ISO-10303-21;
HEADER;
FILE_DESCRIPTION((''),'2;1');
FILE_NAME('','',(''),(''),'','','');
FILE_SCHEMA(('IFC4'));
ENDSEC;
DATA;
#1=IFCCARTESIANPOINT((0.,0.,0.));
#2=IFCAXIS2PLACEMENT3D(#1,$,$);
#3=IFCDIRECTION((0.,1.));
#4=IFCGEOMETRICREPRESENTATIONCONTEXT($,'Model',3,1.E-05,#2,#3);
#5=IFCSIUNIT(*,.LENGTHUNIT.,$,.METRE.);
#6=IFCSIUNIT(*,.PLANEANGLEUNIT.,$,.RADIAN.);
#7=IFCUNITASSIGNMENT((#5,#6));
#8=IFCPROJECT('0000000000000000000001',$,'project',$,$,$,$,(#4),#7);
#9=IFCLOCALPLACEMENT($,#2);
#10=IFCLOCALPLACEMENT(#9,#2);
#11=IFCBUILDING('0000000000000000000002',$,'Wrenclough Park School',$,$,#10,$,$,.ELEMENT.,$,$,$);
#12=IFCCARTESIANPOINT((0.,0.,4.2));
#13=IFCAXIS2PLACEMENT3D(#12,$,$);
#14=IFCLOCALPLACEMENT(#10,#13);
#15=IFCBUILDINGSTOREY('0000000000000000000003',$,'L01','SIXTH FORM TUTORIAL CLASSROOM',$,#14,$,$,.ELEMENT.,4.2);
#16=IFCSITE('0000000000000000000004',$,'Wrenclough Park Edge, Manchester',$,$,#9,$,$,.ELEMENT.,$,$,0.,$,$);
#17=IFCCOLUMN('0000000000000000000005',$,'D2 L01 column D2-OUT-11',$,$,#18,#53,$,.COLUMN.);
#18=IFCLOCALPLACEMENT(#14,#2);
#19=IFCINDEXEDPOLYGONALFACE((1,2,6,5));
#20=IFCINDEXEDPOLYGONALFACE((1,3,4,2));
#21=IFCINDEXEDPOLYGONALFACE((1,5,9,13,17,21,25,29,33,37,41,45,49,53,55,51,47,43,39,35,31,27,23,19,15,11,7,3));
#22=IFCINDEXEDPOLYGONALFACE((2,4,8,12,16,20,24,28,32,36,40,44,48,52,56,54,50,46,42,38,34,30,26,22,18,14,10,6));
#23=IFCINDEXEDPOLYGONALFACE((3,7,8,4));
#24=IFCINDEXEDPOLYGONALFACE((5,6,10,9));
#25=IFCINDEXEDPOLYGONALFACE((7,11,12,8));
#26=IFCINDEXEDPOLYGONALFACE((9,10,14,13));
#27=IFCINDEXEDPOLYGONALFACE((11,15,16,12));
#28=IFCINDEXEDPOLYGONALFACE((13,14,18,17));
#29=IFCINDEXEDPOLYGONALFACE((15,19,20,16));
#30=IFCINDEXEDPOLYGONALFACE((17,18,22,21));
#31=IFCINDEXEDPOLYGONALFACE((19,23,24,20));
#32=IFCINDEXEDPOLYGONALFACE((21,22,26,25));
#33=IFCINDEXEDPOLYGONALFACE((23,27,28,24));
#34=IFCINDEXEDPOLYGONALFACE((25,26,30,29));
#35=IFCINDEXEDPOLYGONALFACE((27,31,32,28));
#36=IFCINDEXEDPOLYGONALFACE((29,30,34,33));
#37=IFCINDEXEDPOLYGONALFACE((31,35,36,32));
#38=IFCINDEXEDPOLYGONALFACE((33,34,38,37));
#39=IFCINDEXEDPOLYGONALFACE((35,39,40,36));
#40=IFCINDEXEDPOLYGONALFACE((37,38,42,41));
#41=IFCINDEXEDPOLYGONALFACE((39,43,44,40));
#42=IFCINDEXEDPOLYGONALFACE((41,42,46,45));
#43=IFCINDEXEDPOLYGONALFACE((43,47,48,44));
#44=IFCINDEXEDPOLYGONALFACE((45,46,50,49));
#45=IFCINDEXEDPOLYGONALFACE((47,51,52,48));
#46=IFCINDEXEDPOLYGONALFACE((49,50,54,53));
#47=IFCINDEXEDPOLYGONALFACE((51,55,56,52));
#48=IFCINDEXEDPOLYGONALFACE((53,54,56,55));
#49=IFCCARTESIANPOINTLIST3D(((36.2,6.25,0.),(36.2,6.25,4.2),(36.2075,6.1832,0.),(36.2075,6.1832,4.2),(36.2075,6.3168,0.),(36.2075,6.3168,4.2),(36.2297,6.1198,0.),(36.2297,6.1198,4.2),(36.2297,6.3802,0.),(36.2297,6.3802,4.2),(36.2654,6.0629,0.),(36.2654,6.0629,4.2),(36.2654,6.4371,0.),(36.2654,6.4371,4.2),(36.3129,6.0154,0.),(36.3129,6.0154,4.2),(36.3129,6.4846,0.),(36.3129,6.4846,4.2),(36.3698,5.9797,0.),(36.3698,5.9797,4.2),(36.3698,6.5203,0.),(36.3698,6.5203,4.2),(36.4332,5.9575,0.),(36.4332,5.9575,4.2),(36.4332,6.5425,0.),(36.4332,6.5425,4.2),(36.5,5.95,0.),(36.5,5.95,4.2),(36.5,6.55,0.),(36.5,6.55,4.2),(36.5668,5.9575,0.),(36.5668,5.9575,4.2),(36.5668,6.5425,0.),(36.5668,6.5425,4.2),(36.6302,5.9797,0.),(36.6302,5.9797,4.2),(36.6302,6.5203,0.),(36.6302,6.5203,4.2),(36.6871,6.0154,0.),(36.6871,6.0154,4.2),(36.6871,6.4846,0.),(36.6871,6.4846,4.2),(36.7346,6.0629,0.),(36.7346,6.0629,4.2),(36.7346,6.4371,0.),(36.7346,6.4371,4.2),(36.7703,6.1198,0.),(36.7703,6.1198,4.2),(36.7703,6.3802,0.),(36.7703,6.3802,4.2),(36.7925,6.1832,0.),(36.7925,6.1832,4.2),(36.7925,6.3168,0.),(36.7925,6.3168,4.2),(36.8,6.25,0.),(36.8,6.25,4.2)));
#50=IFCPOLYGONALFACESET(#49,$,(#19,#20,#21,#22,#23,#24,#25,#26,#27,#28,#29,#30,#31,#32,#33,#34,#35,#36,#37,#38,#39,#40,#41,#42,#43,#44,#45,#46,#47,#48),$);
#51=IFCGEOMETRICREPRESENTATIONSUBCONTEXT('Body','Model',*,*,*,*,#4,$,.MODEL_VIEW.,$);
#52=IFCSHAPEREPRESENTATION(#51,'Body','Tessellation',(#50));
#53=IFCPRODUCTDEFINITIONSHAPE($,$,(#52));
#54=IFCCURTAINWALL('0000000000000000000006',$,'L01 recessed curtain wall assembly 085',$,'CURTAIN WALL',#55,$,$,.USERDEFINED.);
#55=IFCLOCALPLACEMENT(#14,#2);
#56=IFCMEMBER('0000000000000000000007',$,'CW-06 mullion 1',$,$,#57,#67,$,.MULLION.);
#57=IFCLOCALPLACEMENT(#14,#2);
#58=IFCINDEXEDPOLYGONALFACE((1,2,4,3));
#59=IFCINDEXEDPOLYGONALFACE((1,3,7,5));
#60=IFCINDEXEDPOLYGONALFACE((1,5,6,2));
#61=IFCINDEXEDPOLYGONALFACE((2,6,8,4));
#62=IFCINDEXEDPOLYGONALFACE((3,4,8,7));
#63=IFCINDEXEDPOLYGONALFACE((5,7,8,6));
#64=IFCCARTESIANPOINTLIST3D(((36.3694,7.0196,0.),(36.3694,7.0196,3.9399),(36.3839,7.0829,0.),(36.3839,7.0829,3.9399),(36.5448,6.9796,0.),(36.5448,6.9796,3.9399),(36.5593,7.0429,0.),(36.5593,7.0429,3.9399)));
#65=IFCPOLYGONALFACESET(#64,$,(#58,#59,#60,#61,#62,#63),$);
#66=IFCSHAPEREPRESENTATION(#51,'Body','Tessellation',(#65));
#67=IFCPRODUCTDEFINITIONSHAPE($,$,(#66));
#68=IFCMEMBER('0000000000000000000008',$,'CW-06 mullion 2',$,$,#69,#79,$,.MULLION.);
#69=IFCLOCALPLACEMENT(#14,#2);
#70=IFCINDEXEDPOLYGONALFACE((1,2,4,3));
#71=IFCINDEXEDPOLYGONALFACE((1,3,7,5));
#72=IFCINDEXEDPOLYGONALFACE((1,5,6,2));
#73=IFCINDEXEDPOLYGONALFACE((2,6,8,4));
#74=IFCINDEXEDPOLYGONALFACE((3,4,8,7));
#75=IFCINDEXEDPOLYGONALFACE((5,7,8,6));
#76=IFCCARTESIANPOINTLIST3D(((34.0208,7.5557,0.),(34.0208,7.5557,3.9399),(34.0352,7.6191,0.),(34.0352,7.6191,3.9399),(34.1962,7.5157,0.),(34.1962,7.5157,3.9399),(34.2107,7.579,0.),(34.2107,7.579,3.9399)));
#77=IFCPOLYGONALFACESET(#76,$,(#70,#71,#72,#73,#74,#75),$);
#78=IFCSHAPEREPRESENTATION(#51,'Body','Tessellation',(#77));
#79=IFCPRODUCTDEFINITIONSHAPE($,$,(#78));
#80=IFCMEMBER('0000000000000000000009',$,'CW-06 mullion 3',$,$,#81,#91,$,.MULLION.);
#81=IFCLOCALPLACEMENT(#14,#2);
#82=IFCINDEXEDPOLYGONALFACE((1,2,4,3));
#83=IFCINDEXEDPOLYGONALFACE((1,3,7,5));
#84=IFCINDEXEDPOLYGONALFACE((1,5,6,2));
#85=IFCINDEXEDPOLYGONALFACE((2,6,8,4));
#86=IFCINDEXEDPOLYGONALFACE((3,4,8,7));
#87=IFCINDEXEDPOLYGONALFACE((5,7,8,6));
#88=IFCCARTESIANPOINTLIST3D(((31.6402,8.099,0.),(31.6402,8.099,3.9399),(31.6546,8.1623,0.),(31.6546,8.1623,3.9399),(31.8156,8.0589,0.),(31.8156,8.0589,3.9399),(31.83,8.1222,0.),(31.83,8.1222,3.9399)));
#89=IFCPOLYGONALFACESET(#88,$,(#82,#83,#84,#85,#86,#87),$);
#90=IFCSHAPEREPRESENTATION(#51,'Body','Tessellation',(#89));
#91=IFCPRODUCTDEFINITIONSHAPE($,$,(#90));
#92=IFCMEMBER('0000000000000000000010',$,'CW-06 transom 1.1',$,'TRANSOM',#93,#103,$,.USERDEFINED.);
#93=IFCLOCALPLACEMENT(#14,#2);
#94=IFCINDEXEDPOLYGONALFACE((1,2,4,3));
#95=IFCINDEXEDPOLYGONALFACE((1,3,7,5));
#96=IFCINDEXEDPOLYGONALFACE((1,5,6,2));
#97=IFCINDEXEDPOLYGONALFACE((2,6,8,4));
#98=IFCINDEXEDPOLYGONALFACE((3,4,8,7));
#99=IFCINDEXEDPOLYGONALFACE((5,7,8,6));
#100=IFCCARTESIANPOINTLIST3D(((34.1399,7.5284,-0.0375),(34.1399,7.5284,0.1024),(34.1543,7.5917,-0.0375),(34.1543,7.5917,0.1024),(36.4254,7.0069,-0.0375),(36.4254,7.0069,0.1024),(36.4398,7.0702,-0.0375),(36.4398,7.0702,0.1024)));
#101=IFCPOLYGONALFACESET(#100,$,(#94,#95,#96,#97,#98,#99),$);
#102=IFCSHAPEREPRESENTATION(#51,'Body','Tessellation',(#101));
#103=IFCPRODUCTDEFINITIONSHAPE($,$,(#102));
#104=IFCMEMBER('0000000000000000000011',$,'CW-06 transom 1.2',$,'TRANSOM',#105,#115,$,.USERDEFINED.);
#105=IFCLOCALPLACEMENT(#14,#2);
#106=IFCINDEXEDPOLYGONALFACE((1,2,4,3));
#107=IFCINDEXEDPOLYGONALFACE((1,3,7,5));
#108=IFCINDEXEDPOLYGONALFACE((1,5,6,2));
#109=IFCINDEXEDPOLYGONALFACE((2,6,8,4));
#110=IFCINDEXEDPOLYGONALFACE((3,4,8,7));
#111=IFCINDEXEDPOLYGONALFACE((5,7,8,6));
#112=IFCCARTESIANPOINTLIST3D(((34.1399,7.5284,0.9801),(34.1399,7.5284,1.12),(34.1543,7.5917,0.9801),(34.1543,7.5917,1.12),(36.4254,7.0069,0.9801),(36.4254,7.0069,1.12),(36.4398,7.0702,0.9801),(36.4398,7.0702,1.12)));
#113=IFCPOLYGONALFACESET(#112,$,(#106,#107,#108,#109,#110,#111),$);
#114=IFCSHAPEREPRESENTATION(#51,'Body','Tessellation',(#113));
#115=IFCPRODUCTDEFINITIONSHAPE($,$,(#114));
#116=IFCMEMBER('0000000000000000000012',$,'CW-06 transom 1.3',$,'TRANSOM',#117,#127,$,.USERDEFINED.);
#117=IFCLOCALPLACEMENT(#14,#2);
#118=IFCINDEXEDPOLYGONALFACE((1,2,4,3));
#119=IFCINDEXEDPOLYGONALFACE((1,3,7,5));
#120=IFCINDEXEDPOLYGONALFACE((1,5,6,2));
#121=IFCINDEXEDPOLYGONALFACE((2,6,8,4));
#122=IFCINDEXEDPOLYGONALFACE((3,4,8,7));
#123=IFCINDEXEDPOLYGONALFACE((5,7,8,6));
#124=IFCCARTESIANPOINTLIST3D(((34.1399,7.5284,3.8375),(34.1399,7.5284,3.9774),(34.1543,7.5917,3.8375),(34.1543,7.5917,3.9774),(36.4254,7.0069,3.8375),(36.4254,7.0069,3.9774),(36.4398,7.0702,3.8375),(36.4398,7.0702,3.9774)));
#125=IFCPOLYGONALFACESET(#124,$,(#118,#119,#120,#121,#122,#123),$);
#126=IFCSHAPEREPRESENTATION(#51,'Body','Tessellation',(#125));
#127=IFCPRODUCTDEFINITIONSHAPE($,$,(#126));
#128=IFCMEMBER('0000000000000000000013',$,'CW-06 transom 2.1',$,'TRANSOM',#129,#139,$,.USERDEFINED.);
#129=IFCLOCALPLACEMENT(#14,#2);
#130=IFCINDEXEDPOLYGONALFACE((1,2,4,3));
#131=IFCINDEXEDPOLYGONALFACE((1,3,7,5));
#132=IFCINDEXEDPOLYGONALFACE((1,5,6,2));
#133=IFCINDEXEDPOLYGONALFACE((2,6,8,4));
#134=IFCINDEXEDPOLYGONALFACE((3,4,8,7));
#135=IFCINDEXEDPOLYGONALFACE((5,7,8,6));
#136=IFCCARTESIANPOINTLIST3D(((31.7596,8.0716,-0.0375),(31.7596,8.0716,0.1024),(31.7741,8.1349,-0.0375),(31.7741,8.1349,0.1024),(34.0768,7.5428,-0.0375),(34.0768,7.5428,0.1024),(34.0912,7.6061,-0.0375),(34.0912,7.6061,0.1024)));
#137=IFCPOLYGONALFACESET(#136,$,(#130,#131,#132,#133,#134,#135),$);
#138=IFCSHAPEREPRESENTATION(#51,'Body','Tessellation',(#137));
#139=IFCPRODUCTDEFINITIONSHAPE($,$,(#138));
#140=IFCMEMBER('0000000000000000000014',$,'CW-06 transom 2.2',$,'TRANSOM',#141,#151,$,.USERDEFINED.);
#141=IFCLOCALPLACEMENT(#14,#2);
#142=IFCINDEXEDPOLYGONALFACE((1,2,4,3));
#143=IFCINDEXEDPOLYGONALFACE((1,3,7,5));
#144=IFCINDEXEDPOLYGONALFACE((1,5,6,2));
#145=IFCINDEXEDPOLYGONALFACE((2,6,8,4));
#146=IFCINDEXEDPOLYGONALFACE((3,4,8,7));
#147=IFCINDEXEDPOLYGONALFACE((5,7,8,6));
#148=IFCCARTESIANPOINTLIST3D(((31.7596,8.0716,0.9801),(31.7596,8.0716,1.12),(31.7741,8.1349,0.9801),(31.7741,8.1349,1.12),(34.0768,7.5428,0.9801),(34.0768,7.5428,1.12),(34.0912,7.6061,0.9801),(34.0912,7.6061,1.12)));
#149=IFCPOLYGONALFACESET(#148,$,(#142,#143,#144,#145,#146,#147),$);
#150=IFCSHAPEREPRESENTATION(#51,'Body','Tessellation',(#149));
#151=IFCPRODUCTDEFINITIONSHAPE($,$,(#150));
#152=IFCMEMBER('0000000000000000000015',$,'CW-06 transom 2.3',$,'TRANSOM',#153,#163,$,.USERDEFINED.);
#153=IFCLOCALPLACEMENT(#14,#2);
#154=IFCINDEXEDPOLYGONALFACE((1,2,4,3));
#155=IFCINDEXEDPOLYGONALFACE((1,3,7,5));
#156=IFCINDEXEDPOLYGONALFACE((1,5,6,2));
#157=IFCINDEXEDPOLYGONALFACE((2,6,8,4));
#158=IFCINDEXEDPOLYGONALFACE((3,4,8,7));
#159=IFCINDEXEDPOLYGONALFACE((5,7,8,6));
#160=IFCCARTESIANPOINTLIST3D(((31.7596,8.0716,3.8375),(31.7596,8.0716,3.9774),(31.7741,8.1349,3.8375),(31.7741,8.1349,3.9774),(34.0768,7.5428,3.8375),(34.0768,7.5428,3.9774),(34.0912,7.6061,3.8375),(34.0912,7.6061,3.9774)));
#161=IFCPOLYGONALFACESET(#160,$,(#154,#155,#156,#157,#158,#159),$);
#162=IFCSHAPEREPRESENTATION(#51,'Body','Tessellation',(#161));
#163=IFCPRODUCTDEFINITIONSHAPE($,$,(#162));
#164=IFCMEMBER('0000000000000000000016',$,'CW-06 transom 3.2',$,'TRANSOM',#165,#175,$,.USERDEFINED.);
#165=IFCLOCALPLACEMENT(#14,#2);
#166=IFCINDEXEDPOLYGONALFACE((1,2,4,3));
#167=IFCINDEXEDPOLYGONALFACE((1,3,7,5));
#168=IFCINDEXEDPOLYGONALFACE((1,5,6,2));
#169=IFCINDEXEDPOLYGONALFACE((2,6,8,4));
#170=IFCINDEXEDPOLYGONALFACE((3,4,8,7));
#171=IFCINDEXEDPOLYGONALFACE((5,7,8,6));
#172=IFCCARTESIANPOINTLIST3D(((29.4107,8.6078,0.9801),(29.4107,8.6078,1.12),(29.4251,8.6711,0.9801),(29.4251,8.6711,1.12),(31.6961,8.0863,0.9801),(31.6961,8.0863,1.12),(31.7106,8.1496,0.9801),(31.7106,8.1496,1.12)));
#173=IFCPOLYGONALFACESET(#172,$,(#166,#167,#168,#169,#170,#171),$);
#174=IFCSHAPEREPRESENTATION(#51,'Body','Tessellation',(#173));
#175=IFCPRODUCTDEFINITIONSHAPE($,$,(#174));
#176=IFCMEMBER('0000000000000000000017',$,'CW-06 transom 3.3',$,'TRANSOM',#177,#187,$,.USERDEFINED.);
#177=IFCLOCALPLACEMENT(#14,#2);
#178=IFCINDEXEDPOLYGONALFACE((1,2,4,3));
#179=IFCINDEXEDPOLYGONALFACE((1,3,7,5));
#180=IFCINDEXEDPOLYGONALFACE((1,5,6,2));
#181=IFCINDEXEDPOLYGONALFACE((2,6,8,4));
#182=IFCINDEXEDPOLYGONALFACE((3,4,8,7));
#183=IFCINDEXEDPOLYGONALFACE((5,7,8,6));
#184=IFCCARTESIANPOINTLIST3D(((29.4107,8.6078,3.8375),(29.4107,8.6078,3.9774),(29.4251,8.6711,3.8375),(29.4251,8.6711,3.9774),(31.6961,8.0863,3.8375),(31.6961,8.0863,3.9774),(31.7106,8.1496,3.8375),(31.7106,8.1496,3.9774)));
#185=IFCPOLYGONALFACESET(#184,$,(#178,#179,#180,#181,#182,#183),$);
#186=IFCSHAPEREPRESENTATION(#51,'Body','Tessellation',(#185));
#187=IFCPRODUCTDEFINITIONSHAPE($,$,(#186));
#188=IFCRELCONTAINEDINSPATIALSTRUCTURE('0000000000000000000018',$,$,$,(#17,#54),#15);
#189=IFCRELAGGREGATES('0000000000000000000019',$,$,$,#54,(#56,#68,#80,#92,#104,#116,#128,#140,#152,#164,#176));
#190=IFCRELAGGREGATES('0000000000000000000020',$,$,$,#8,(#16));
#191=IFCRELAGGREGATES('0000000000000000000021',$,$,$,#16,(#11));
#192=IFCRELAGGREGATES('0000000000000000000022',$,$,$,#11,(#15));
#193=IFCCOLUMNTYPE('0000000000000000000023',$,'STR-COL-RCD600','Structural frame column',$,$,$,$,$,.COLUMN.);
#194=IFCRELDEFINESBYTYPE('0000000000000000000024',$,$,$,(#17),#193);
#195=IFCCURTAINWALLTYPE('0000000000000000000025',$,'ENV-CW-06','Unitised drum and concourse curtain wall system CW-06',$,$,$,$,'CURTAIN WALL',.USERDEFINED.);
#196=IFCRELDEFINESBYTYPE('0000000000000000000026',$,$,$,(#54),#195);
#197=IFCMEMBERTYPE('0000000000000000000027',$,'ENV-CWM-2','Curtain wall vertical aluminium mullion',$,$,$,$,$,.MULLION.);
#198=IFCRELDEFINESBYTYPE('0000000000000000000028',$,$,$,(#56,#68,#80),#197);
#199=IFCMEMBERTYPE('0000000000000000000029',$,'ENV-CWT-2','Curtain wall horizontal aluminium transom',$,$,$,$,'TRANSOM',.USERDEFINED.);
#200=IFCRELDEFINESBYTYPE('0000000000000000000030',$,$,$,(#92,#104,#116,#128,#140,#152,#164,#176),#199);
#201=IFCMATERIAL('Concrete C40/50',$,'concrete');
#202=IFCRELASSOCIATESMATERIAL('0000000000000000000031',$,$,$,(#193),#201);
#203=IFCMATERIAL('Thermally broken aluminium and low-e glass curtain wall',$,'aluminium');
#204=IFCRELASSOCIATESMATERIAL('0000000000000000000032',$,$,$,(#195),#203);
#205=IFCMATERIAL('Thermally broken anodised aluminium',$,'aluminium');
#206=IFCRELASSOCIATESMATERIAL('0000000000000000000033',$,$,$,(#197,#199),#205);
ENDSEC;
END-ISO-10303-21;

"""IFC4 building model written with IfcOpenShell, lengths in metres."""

from ifc_helpers import new_model, si_unit, direction, frame, origin, origin_2d, place, context, subcontext, project, spatial, rectangle, circle, extrude, material, material_profile, profile_set, type_object, element, aggregate, save


model = new_model("IFC4")

# Units and contexts
model_context = context("Model", 3, precision=1e-05, world=origin(), true_north=direction((0.0, 1.0)))
body_context = subcontext(model_context, "Body", "Model", "MODEL_VIEW")
ifc_project = project(units=[si_unit("LENGTHUNIT", "METRE"), si_unit("PLANEANGLEUNIT", "RADIAN")], contexts=[model_context])

# Site, building, storey
site_placement = place(None, origin())
site = spatial("IfcSite", under=ifc_project, at=site_placement, Name="Wrenclough Park Edge, Manchester", CompositionType="ELEMENT", RefElevation=0.0)
building_placement = place(site_placement, origin())
building = spatial("IfcBuilding", under=site, at=building_placement, Name="Wrenclough Park School", CompositionType="ELEMENT")
storey_placement = place(building_placement, frame((0.0, 0.0, 4.2)))
storey = spatial("IfcBuildingStorey", under=building, at=storey_placement, Name="L01", Description="SIXTH FORM TUTORIAL CLASSROOM", CompositionType="ELEMENT", Elevation=4.2)

# Column
ifc_material_1 = material(Name="Concrete C40/50", Category="concrete")
ifc_material_profile_1 = material_profile(ifc_material_1, circle(Radius=0.3, at=origin_2d()), Name="RC COL D600")
ifc_profile_set_1 = profile_set([ifc_material_profile_1], Name="Concrete C40/50")
column_type = type_object("IfcColumnType", Name="STR-COL-RCD600", Description="Structural frame column", PredefinedType="COLUMN", material=ifc_profile_set_1)
column_placement = place(storey_placement, frame((36.5, 6.25, 0.0), z_axis=(0.0, 0.0, 1.0), x_axis=(1.0, 0.0, 0.0)))
element("IfcColumn", 1, at=column_placement, inside=storey, type_object=column_type, Name="D2 L01 column D2-OUT-11", PredefinedType="COLUMN", context=body_context, shape_type="SweptSolid", body=[
    extrude(circle(Radius=0.3, at=origin_2d()), origin(), (0.0, 0.0, 1.0), 4.2),
])

# Curtain wall, members
ifc_material_2 = material(Name="Thermally broken aluminium and low-e glass curtain wall", Category="aluminium")
curtain_wall_type = type_object("IfcCurtainWallType", Name="ENV-CW-06", Description="Unitised drum and concourse curtain wall system CW-06", ElementType="CURTAIN WALL", PredefinedType="USERDEFINED", material=ifc_material_2)
curtain_wall_placement = place(storey_placement, origin())
curtain_wall = element("IfcCurtainWall", 2, at=curtain_wall_placement, inside=storey, type_object=curtain_wall_type, Name="L01 recessed curtain wall assembly 085", ObjectType="CURTAIN WALL", PredefinedType="USERDEFINED")
ifc_material_3 = material(Name="Thermally broken anodised aluminium", Category="aluminium")
ifc_material_profile_2 = material_profile(ifc_material_3, rectangle(XDim=0.0649, YDim=0.1799, at=origin_2d()), Name="AL MULLION 65x180")
ifc_profile_set_2 = profile_set([ifc_material_profile_2], Name="Thermally broken anodised aluminium")
member_type_1 = type_object("IfcMemberType", Name="ENV-CWM-2", Description="Curtain wall vertical aluminium mullion", PredefinedType="MULLION", material=ifc_profile_set_2)
member_1_placement = place(storey_placement, frame((36.4644, 7.0312, 0.0), z_axis=(0.0, 0.0, 1.0), x_axis=(-0.222511, -0.97493, 0.0)))
member_1 = element("IfcMember", 3, at=member_1_placement, type_object=member_type_1, Name="CW-06 mullion 1", PredefinedType="MULLION", context=body_context, shape_type="SweptSolid", body=[
    extrude(rectangle(XDim=0.0649, YDim=0.1799, at=origin_2d()), origin(), (0.0, 0.0, 1.0), 3.9399),
])
member_2_placement = place(storey_placement, frame((34.1157, 7.5674, 0.0), z_axis=(0.0, 0.0, 1.0), x_axis=(-0.222511, -0.97493, 0.0)))
member_2 = element("IfcMember", 4, at=member_2_placement, type_object=member_type_1, Name="CW-06 mullion 2", PredefinedType="MULLION", context=body_context, shape_type="SweptSolid", body=[
    extrude(rectangle(XDim=0.0649, YDim=0.1799, at=origin_2d()), origin(), (0.0, 0.0, 1.0), 3.9399),
])
member_3_placement = place(storey_placement, frame((31.7351, 8.1106, 0.0), z_axis=(0.0, 0.0, 1.0), x_axis=(-0.222511, -0.97493, 0.0)))
member_3 = element("IfcMember", 5, at=member_3_placement, type_object=member_type_1, Name="CW-06 mullion 3", PredefinedType="MULLION", context=body_context, shape_type="SweptSolid", body=[
    extrude(rectangle(XDim=0.0649, YDim=0.1799, at=origin_2d()), origin(), (0.0, 0.0, 1.0), 3.9399),
])
ifc_material_profile_3 = material_profile(ifc_material_3, rectangle(XDim=0.0649, YDim=0.1399, at=origin_2d()), Name="AL TRANSOM 65x140")
ifc_profile_set_3 = profile_set([ifc_material_profile_3], Name="Thermally broken anodised aluminium")
member_type_2 = type_object("IfcMemberType", Name="ENV-CWT-2", Description="Curtain wall horizontal aluminium transom", ElementType="TRANSOM", PredefinedType="USERDEFINED", material=ifc_profile_set_3)
member_4_placement = place(storey_placement, frame((36.4326, 7.0386, 0.0325), z_axis=(-0.974941, 0.222463, 0.0), x_axis=(-0.222463, -0.974941, 0.0)))
member_4 = element("IfcMember", 6, at=member_4_placement, type_object=member_type_2, Name="CW-06 transom 1.1", ObjectType="TRANSOM", PredefinedType="USERDEFINED", context=body_context, shape_type="SweptSolid", body=[
    extrude(rectangle(XDim=0.0649, YDim=0.1399, at=origin_2d()), origin(), (0.0, 0.0, 1.0), 2.3442),
])
member_5_placement = place(storey_placement, frame((36.4326, 7.0386, 1.05), z_axis=(-0.974941, 0.222463, 0.0), x_axis=(-0.222463, -0.974941, 0.0)))
member_5 = element("IfcMember", 7, at=member_5_placement, type_object=member_type_2, Name="CW-06 transom 1.2", ObjectType="TRANSOM", PredefinedType="USERDEFINED", context=body_context, shape_type="SweptSolid", body=[
    extrude(rectangle(XDim=0.0649, YDim=0.1399, at=origin_2d()), origin(), (0.0, 0.0, 1.0), 2.3442),
])
member_6_placement = place(storey_placement, frame((36.4326, 7.0386, 3.9075), z_axis=(-0.974941, 0.222463, 0.0), x_axis=(-0.222463, -0.974941, 0.0)))
member_6 = element("IfcMember", 8, at=member_6_placement, type_object=member_type_2, Name="CW-06 transom 1.3", ObjectType="TRANSOM", PredefinedType="USERDEFINED", context=body_context, shape_type="SweptSolid", body=[
    extrude(rectangle(XDim=0.0649, YDim=0.1399, at=origin_2d()), origin(), (0.0, 0.0, 1.0), 2.3442),
])
member_7_placement = place(storey_placement, frame((34.084, 7.5745, 0.0325), z_axis=(-0.974934, 0.222496, 0.0), x_axis=(-0.222496, -0.974934, 0.0)))
member_7 = element("IfcMember", 9, at=member_7_placement, type_object=member_type_2, Name="CW-06 transom 2.1", ObjectType="TRANSOM", PredefinedType="USERDEFINED", context=body_context, shape_type="SweptSolid", body=[
    extrude(rectangle(XDim=0.0649, YDim=0.1399, at=origin_2d()), origin(), (0.0, 0.0, 1.0), 2.3767),
])
member_8_placement = place(storey_placement, frame((34.084, 7.5745, 1.05), z_axis=(-0.974934, 0.222496, 0.0), x_axis=(-0.222496, -0.974934, 0.0)))
member_8 = element("IfcMember", 10, at=member_8_placement, type_object=member_type_2, Name="CW-06 transom 2.2", ObjectType="TRANSOM", PredefinedType="USERDEFINED", context=body_context, shape_type="SweptSolid", body=[
    extrude(rectangle(XDim=0.0649, YDim=0.1399, at=origin_2d()), origin(), (0.0, 0.0, 1.0), 2.3767),
])
member_9_placement = place(storey_placement, frame((34.084, 7.5745, 3.9075), z_axis=(-0.974934, 0.222496, 0.0), x_axis=(-0.222496, -0.974934, 0.0)))
member_9 = element("IfcMember", 11, at=member_9_placement, type_object=member_type_2, Name="CW-06 transom 2.3", ObjectType="TRANSOM", PredefinedType="USERDEFINED", context=body_context, shape_type="SweptSolid", body=[
    extrude(rectangle(XDim=0.0649, YDim=0.1399, at=origin_2d()), origin(), (0.0, 0.0, 1.0), 2.3767),
])
member_10_placement = place(storey_placement, frame((31.7034, 8.1179, 1.05), z_axis=(-0.974941, 0.222463, 0.0), x_axis=(-0.222463, -0.974941, 0.0)))
member_10 = element("IfcMember", 12, at=member_10_placement, type_object=member_type_2, Name="CW-06 transom 3.2", ObjectType="TRANSOM", PredefinedType="USERDEFINED", context=body_context, shape_type="SweptSolid", body=[
    extrude(rectangle(XDim=0.0649, YDim=0.1399, at=origin_2d()), origin(), (0.0, 0.0, 1.0), 2.3442),
])
member_11_placement = place(storey_placement, frame((31.7034, 8.1179, 3.9075), z_axis=(-0.974941, 0.222463, 0.0), x_axis=(-0.222463, -0.974941, 0.0)))
member_11 = element("IfcMember", 13, at=member_11_placement, type_object=member_type_2, Name="CW-06 transom 3.3", ObjectType="TRANSOM", PredefinedType="USERDEFINED", context=body_context, shape_type="SweptSolid", body=[
    extrude(rectangle(XDim=0.0649, YDim=0.1399, at=origin_2d()), origin(), (0.0, 0.0, 1.0), 2.3442),
])
aggregate(curtain_wall, [member_1, member_2, member_3, member_4, member_5, member_6, member_7, member_8, member_9, member_10, member_11])

save(model, "model.ifc")
